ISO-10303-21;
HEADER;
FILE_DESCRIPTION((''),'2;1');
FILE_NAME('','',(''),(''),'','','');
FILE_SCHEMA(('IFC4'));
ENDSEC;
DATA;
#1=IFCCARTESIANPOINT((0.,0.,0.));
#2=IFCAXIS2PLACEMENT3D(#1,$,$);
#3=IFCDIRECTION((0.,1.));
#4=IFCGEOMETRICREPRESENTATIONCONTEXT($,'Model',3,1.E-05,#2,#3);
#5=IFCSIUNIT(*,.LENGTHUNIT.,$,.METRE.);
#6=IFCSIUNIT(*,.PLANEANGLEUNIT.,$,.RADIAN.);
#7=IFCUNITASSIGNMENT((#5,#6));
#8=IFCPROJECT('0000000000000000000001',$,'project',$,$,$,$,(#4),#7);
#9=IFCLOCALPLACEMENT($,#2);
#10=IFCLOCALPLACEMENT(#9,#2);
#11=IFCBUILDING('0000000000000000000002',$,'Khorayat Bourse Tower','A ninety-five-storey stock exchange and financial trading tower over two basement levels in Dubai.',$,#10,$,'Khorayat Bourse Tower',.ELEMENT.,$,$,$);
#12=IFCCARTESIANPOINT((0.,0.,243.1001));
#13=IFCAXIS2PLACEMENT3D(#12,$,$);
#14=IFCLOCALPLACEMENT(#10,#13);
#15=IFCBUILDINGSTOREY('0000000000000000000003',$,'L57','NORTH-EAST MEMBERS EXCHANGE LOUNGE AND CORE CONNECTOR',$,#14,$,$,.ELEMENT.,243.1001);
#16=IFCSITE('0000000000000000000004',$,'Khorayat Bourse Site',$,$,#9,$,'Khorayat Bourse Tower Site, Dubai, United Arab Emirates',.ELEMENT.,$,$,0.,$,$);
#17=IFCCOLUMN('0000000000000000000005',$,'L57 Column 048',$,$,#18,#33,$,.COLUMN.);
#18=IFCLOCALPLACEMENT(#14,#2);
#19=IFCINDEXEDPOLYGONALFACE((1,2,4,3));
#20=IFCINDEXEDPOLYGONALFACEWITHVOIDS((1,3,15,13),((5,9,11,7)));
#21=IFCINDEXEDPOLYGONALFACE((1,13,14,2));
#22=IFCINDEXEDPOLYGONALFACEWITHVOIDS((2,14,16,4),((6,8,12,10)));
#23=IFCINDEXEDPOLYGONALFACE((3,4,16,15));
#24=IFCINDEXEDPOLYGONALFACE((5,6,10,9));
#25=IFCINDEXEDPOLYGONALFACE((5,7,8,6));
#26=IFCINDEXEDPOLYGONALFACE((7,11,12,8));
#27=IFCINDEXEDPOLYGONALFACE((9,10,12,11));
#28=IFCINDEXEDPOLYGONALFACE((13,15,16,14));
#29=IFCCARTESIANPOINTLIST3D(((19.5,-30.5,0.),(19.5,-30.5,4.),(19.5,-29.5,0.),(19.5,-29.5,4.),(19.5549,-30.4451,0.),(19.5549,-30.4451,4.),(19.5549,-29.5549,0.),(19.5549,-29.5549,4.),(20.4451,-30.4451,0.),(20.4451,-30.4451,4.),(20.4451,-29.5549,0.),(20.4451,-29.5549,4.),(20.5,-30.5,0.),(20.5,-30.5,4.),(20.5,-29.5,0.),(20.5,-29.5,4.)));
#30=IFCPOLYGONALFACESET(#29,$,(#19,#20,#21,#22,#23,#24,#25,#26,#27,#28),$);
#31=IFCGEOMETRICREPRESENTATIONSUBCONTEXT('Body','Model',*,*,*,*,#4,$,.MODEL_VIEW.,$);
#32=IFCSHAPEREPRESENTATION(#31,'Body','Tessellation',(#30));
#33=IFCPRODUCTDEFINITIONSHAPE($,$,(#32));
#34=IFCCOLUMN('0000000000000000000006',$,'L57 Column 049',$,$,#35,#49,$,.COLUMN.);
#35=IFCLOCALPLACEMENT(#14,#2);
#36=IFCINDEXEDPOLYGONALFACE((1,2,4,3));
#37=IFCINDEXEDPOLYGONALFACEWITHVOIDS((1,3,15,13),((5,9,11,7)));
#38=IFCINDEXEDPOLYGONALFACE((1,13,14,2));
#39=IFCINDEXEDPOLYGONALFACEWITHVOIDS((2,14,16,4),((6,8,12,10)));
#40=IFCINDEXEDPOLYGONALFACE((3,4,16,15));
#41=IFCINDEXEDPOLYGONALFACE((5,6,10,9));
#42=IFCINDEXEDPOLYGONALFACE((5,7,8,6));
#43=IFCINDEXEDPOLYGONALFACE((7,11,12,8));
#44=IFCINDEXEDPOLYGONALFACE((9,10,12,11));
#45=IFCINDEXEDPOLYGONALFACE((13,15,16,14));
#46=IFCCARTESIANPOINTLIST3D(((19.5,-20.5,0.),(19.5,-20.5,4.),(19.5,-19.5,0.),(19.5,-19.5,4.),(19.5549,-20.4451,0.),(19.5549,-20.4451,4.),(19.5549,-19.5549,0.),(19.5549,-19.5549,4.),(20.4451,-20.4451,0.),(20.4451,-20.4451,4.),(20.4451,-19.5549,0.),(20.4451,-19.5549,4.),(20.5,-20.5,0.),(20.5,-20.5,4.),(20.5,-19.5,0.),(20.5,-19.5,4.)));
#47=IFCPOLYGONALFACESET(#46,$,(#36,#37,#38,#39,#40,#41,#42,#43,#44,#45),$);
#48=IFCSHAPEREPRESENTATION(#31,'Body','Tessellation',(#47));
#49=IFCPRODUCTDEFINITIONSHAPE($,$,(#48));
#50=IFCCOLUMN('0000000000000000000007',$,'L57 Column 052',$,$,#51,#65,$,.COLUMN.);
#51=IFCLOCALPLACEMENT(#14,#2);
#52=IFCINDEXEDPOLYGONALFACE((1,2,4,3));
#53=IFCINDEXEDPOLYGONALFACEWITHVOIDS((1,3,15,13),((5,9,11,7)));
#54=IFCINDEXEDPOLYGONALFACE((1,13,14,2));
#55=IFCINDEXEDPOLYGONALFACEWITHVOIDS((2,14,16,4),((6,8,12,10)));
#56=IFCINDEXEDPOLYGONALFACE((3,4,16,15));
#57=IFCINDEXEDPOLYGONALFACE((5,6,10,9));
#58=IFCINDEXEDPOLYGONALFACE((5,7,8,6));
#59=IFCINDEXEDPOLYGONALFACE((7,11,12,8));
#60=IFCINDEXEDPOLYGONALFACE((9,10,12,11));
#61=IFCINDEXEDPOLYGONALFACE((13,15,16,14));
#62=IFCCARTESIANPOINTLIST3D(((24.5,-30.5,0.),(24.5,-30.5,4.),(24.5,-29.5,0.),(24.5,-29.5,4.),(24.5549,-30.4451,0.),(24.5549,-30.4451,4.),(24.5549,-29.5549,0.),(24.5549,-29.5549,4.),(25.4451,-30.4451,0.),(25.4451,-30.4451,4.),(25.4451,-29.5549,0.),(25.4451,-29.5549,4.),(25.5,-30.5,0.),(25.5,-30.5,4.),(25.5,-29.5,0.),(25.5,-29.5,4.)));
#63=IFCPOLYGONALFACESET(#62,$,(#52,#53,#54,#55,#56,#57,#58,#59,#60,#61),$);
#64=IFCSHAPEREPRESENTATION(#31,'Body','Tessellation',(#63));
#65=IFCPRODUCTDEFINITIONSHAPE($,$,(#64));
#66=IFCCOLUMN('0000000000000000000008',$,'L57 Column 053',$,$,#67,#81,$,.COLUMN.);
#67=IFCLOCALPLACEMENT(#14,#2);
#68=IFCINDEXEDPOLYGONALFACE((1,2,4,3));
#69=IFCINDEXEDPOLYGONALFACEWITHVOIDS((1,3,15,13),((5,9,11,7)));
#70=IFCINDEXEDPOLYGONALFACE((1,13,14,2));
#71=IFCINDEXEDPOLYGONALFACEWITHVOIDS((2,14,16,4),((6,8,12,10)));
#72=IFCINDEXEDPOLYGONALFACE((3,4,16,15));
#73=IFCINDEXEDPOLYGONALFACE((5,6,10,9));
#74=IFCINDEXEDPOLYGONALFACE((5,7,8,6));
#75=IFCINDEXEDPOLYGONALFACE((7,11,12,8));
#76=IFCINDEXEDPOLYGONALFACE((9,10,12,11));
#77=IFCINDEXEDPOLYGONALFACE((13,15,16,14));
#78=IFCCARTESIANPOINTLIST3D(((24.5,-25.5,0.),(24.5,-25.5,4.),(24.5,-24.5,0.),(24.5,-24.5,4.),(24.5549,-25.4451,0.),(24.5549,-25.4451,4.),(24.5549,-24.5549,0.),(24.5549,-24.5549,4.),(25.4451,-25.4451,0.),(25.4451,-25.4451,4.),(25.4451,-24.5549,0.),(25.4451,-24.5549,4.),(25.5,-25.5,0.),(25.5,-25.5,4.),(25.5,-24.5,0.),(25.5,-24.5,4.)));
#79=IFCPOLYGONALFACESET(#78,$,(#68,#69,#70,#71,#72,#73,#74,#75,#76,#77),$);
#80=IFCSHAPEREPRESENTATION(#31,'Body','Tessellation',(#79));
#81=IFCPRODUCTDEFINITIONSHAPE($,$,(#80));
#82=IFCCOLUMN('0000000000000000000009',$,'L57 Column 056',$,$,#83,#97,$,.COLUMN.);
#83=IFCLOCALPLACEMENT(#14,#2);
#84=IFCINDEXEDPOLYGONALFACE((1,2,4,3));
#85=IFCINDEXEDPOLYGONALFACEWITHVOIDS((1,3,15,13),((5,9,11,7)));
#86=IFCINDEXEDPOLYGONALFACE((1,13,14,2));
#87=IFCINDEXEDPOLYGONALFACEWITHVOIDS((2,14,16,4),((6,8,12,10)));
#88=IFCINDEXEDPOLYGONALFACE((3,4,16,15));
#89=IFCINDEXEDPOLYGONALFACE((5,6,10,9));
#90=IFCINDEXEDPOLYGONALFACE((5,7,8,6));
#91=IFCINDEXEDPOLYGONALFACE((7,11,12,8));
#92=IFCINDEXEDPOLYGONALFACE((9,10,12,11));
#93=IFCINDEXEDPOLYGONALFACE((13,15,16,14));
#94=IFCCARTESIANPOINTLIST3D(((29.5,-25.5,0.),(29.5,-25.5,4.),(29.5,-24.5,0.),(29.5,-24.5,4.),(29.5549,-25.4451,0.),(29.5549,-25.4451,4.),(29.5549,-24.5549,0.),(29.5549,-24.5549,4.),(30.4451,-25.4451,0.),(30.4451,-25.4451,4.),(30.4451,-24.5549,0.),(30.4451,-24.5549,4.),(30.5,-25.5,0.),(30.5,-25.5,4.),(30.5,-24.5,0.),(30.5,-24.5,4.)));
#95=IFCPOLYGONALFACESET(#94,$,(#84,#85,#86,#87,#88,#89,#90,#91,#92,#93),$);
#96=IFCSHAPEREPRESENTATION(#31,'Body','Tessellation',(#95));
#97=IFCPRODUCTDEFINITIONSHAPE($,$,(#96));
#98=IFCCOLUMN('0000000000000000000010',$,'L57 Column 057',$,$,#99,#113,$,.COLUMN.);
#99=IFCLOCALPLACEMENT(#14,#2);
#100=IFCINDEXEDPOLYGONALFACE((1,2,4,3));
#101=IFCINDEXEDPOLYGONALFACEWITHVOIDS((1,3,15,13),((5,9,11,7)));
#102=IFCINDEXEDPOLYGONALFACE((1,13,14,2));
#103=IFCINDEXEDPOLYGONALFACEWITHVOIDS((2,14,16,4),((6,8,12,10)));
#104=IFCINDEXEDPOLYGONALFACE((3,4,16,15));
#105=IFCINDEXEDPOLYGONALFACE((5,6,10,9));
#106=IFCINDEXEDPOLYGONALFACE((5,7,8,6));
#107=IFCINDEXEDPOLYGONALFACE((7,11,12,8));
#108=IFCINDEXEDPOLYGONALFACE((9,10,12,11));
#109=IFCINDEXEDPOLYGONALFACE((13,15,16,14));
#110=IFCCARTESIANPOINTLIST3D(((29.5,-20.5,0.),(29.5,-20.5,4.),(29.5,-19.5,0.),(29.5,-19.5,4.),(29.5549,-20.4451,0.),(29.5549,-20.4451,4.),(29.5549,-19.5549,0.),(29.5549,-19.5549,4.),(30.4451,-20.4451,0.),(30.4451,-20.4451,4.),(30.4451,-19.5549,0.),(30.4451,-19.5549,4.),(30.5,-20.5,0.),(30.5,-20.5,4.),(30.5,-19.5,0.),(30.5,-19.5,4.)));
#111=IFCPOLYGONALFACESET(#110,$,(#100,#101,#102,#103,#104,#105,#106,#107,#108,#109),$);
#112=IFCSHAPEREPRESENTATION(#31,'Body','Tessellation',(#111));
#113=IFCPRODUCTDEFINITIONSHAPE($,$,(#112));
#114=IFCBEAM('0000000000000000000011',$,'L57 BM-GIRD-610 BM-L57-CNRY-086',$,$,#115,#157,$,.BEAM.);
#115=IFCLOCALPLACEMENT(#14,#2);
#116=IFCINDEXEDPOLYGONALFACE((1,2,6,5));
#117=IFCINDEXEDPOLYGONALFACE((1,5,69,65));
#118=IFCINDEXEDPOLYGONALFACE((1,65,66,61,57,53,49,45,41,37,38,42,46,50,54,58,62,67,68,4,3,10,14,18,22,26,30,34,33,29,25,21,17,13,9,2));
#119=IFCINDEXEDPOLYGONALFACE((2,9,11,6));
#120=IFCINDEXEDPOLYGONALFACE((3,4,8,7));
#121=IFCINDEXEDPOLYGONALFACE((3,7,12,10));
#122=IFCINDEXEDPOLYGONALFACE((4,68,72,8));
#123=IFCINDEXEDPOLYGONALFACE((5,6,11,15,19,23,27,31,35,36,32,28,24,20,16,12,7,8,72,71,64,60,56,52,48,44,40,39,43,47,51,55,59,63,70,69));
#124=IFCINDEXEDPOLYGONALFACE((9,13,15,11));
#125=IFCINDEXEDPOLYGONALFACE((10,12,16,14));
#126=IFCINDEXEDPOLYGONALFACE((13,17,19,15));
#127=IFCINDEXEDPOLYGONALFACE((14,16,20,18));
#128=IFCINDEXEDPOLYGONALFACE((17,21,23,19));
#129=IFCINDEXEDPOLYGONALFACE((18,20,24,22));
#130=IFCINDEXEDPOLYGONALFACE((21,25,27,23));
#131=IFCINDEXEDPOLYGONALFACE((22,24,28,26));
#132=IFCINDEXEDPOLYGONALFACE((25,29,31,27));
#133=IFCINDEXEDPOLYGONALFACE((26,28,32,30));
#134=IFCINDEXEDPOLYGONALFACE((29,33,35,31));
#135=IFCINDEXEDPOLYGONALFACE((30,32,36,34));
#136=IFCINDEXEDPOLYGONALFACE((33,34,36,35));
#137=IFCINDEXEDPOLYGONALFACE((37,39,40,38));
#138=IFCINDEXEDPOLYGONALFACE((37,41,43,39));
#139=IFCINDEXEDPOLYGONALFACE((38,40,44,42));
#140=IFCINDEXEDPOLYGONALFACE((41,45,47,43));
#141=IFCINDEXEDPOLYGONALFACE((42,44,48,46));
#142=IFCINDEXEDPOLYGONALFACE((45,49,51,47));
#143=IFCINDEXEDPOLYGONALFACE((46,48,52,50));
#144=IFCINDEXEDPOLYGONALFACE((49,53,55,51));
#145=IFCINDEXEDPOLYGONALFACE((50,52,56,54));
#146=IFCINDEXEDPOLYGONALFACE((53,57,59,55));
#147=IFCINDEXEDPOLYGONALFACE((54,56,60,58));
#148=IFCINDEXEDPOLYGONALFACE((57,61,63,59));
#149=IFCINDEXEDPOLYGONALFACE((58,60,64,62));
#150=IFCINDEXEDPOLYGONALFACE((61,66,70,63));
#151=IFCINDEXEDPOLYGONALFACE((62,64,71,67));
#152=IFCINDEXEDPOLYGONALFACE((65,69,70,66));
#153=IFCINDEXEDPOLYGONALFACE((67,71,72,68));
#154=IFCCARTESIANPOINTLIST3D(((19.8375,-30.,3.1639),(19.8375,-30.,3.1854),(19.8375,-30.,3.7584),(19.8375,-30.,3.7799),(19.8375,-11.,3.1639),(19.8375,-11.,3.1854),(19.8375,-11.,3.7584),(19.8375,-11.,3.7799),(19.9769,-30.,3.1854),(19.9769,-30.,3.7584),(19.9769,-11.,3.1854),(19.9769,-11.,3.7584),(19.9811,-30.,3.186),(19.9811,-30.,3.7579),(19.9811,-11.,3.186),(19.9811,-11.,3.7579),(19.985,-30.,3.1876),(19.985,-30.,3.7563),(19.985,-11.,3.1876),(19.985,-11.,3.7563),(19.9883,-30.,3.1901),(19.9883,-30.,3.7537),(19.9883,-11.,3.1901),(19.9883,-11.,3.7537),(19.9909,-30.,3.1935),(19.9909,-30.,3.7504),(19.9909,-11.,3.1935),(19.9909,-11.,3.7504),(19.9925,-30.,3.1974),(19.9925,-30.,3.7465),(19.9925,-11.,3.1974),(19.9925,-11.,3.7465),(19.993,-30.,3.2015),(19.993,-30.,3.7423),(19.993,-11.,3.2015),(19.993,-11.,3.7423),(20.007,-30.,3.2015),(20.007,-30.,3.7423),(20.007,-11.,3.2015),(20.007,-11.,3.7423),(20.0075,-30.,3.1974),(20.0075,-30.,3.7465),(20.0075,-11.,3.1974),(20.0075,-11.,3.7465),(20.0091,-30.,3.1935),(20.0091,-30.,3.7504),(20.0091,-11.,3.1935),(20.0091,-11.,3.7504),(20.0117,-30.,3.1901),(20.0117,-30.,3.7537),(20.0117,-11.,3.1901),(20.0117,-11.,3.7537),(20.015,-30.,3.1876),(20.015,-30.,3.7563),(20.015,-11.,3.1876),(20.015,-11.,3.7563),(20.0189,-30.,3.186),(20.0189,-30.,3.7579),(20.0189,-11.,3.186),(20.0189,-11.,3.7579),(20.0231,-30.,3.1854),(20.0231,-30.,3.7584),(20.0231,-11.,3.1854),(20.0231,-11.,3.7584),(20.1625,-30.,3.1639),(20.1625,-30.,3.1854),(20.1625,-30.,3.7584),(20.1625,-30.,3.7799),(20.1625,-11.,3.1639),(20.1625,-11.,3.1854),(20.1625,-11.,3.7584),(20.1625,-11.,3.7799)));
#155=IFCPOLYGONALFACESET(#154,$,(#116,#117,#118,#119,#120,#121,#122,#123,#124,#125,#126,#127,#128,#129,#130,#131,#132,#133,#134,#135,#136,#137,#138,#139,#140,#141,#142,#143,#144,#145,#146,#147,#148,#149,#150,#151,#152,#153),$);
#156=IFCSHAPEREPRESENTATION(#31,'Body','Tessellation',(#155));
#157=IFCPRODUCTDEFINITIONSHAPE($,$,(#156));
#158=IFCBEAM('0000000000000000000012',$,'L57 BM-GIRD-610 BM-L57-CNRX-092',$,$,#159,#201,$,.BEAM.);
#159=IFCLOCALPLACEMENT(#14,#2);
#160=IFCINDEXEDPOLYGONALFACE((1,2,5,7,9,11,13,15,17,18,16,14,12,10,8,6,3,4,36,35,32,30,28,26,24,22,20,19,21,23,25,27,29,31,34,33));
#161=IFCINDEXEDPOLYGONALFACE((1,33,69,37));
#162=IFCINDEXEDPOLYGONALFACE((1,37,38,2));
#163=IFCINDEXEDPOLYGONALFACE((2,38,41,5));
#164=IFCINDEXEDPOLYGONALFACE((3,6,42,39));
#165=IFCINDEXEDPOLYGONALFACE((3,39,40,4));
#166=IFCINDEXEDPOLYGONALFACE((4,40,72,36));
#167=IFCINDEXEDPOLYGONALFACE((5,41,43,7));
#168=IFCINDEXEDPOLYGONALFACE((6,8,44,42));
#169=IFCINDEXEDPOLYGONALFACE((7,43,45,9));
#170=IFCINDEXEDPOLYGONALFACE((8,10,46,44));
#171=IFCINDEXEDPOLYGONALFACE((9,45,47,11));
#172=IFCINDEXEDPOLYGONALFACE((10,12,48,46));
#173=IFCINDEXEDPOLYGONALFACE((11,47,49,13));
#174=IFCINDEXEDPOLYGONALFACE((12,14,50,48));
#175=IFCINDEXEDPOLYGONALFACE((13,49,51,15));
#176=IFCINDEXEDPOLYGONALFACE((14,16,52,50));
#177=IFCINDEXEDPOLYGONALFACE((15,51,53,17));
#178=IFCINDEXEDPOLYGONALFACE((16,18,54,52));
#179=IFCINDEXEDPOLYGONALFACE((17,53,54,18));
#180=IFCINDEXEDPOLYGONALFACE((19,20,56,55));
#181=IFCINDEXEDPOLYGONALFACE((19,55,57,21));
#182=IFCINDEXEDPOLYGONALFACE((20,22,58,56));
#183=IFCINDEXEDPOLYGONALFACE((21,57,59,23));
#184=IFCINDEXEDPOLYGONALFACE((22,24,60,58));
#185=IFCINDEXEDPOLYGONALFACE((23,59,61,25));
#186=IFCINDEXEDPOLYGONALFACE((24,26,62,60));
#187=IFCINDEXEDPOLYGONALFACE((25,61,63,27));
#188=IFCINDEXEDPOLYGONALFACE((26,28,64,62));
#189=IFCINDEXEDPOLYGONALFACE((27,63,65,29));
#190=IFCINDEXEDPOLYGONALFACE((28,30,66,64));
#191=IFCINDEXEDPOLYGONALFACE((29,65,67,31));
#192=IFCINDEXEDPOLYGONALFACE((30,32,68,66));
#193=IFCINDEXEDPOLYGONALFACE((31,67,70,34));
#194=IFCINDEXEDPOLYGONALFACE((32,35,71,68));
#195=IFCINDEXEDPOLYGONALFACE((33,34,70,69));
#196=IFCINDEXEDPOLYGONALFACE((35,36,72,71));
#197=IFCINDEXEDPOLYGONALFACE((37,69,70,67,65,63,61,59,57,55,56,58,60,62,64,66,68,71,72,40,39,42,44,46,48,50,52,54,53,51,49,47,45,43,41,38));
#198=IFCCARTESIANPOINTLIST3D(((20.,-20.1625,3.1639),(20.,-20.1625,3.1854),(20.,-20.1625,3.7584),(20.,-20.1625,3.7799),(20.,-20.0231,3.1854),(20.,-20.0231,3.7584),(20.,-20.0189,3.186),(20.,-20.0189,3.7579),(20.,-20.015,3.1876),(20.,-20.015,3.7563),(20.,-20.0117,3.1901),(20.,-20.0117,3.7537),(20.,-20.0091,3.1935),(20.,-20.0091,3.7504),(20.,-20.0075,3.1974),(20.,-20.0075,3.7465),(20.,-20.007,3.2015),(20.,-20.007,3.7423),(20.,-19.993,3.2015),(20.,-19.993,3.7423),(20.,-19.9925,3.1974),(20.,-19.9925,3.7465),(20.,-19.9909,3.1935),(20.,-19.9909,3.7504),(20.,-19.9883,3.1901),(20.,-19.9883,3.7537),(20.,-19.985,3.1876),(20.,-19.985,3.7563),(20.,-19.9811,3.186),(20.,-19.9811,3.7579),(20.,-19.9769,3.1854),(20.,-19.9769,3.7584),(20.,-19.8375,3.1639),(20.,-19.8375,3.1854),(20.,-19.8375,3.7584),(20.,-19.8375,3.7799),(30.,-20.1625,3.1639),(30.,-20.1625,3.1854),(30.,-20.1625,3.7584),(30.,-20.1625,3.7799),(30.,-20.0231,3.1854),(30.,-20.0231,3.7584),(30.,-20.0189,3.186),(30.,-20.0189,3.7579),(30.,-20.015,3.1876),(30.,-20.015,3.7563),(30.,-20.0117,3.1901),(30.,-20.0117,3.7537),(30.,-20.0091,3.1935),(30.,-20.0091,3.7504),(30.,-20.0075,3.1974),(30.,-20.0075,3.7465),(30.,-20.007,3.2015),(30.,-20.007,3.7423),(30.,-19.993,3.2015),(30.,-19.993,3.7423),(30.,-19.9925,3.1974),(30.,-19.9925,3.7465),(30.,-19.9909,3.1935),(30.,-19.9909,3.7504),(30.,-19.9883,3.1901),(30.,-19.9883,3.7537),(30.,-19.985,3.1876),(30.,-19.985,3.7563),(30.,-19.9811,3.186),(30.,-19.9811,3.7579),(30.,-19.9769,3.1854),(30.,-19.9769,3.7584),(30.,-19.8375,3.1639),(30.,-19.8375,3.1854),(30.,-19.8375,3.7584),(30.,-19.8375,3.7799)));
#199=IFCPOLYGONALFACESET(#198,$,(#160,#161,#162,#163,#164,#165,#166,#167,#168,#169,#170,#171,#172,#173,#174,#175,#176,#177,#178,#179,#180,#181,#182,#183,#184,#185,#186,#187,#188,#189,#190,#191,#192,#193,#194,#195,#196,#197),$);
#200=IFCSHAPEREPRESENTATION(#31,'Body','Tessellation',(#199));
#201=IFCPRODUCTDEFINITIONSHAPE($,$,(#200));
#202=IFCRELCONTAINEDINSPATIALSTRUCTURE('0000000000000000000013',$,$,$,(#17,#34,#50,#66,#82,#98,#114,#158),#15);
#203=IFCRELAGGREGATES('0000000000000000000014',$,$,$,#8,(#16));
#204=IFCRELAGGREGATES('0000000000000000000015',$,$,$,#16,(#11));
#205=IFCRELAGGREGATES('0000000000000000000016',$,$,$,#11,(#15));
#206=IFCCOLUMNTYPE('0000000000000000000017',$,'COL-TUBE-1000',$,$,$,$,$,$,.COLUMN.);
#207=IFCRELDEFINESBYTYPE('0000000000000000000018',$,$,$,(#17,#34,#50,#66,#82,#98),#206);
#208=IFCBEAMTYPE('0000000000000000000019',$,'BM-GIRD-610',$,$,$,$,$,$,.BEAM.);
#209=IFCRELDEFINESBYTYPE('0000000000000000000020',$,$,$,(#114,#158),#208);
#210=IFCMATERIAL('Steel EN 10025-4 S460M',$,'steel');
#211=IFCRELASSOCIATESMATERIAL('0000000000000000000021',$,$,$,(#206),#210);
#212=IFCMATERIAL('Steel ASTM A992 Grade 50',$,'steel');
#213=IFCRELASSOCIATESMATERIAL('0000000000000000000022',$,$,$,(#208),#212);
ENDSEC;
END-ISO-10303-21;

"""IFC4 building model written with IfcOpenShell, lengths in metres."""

from ifc_helpers import new_model, si_unit, direction, frame, origin, origin_2d, place, context, subcontext, project, spatial, hollow_rectangle, i_section, extrude, source, transform, mapped, material, material_profile, profile_set, type_object, element, save


model = new_model("IFC4")

# Units and contexts
model_context = context("Model", 3, precision=1e-05, world=origin(), true_north=direction((0.0, 1.0)))
body_context = subcontext(model_context, "Body", "Model", "MODEL_VIEW")
ifc_project = project(units=[si_unit("LENGTHUNIT", "METRE"), si_unit("PLANEANGLEUNIT", "RADIAN")], contexts=[model_context])

# Site, building, storey
site_placement = place(None, origin())
site = spatial("IfcSite", under=ifc_project, at=site_placement, Name="Khorayat Bourse Site", LongName="Khorayat Bourse Tower Site, Dubai, United Arab Emirates", CompositionType="ELEMENT", RefElevation=0.0)
building_placement = place(site_placement, origin())
building = spatial("IfcBuilding", under=site, at=building_placement, Name="Khorayat Bourse Tower", Description="A ninety-five-storey stock exchange and financial trading tower over two basement levels in Dubai.", LongName="Khorayat Bourse Tower", CompositionType="ELEMENT")
storey_placement = place(building_placement, frame((0.0, 0.0, 243.1001)))
storey = spatial("IfcBuildingStorey", under=building, at=storey_placement, Name="L57", Description="NORTH-EAST MEMBERS EXCHANGE LOUNGE AND CORE CONNECTOR", CompositionType="ELEMENT", Elevation=243.1001)

# Columns
ifc_material_1 = material(Name="Steel EN 10025-4 S460M", Category="steel")
ifc_material_profile_1 = material_profile(ifc_material_1, hollow_rectangle(XDim=1.0, YDim=1.0, WallThickness=0.0549, at=origin_2d()), Name="BOX 1000x1000x55")
ifc_profile_set_1 = profile_set([ifc_material_profile_1], Name="Steel EN 10025-4 S460M")
column_type = type_object("IfcColumnType", Name="COL-TUBE-1000", PredefinedType="COLUMN", material=ifc_profile_set_1)
shared_shape_1 = source(origin(), body_context, "Body", "SweptSolid", [
    extrude(hollow_rectangle(XDim=1.0, YDim=1.0, WallThickness=0.0549, at=origin_2d()), origin(), (0.0, 0.0, 1.0), 4.0),
])
for number, where, z_axis, x_axis, name in (
    (1, (20.0, -30.0, 0.0), (0.0, 0.0, 1.0), (1.0, 0.0, 0.0), "L57 Column 048"),
    (2, (20.0, -20.0, 0.0), (0.0, 0.0, 1.0), (1.0, 0.0, 0.0), "L57 Column 049"),
    (3, (25.0, -30.0, 0.0), (0.0, 0.0, 1.0), (1.0, 0.0, 0.0), "L57 Column 052"),
    (4, (25.0, -25.0, 0.0), (0.0, 0.0, 1.0), (1.0, 0.0, 0.0), "L57 Column 053"),
    (5, (30.0, -25.0, 0.0), (0.0, 0.0, 1.0), (1.0, 0.0, 0.0), "L57 Column 056"),
    (6, (30.0, -20.0, 0.0), (0.0, 0.0, 1.0), (1.0, 0.0, 0.0), "L57 Column 057"),
):
    element("IfcColumn", number, at=place(storey_placement, frame(where, z_axis=z_axis, x_axis=x_axis)), inside=storey, type_object=column_type, Name=name, PredefinedType="COLUMN", context=body_context, shape_type="MappedRepresentation", body=[
        mapped(shared_shape_1, transform((0.0, 0.0, 0.0), scale=1.0)),
    ])

# Beams
ifc_material_2 = material(Name="Steel ASTM A992 Grade 50", Category="steel")
ifc_material_profile_2 = material_profile(ifc_material_2, i_section(OverallWidth=0.325, OverallDepth=0.616, WebThickness=0.0139, FlangeThickness=0.0215, FilletRadius=0.0161, at=origin_2d()), Name="W610X174")
ifc_profile_set_2 = profile_set([ifc_material_profile_2], Name="Steel ASTM A992 Grade 50")
beam_type_1 = type_object("IfcBeamType", Name="BM-GIRD-610", PredefinedType="BEAM", material=ifc_profile_set_2)
shared_shape_2 = source(origin(), body_context, "Body", "SweptSolid", [
    extrude(i_section(OverallWidth=0.325, OverallDepth=0.616, WebThickness=0.0139, FlangeThickness=0.0215, FilletRadius=0.0161, at=origin_2d()), origin(), (0.0, 0.0, 1.0), 19.0),
])
beam_1_placement = place(storey_placement, frame((20.0, -30.0, 3.4719), z_axis=(0.0, 1.0, 0.0), x_axis=(-1.0, 0.0, 0.0)))
element("IfcBeam", 7, at=beam_1_placement, inside=storey, type_object=beam_type_1, Name="L57 BM-GIRD-610 BM-L57-CNRY-086", PredefinedType="BEAM", context=body_context, shape_type="MappedRepresentation", body=[
    mapped(shared_shape_2, transform((0.0, 0.0, 0.0), scale=1.0)),
])
shared_shape_3 = source(origin(), body_context, "Body", "SweptSolid", [
    extrude(i_section(OverallWidth=0.325, OverallDepth=0.616, WebThickness=0.0139, FlangeThickness=0.0215, FilletRadius=0.0161, at=origin_2d()), origin(), (0.0, 0.0, 1.0), 10.0),
])
beam_2_placement = place(storey_placement, frame((20.0, -20.0, 3.4719), z_axis=(1.0, 0.0, 0.0), x_axis=(0.0, 1.0, 0.0)))
element("IfcBeam", 8, at=beam_2_placement, inside=storey, type_object=beam_type_1, Name="L57 BM-GIRD-610 BM-L57-CNRX-092", PredefinedType="BEAM", context=body_context, shape_type="MappedRepresentation", body=[
    mapped(shared_shape_3, transform((0.0, 0.0, 0.0), scale=1.0)),
])

save(model, "model.ifc")
